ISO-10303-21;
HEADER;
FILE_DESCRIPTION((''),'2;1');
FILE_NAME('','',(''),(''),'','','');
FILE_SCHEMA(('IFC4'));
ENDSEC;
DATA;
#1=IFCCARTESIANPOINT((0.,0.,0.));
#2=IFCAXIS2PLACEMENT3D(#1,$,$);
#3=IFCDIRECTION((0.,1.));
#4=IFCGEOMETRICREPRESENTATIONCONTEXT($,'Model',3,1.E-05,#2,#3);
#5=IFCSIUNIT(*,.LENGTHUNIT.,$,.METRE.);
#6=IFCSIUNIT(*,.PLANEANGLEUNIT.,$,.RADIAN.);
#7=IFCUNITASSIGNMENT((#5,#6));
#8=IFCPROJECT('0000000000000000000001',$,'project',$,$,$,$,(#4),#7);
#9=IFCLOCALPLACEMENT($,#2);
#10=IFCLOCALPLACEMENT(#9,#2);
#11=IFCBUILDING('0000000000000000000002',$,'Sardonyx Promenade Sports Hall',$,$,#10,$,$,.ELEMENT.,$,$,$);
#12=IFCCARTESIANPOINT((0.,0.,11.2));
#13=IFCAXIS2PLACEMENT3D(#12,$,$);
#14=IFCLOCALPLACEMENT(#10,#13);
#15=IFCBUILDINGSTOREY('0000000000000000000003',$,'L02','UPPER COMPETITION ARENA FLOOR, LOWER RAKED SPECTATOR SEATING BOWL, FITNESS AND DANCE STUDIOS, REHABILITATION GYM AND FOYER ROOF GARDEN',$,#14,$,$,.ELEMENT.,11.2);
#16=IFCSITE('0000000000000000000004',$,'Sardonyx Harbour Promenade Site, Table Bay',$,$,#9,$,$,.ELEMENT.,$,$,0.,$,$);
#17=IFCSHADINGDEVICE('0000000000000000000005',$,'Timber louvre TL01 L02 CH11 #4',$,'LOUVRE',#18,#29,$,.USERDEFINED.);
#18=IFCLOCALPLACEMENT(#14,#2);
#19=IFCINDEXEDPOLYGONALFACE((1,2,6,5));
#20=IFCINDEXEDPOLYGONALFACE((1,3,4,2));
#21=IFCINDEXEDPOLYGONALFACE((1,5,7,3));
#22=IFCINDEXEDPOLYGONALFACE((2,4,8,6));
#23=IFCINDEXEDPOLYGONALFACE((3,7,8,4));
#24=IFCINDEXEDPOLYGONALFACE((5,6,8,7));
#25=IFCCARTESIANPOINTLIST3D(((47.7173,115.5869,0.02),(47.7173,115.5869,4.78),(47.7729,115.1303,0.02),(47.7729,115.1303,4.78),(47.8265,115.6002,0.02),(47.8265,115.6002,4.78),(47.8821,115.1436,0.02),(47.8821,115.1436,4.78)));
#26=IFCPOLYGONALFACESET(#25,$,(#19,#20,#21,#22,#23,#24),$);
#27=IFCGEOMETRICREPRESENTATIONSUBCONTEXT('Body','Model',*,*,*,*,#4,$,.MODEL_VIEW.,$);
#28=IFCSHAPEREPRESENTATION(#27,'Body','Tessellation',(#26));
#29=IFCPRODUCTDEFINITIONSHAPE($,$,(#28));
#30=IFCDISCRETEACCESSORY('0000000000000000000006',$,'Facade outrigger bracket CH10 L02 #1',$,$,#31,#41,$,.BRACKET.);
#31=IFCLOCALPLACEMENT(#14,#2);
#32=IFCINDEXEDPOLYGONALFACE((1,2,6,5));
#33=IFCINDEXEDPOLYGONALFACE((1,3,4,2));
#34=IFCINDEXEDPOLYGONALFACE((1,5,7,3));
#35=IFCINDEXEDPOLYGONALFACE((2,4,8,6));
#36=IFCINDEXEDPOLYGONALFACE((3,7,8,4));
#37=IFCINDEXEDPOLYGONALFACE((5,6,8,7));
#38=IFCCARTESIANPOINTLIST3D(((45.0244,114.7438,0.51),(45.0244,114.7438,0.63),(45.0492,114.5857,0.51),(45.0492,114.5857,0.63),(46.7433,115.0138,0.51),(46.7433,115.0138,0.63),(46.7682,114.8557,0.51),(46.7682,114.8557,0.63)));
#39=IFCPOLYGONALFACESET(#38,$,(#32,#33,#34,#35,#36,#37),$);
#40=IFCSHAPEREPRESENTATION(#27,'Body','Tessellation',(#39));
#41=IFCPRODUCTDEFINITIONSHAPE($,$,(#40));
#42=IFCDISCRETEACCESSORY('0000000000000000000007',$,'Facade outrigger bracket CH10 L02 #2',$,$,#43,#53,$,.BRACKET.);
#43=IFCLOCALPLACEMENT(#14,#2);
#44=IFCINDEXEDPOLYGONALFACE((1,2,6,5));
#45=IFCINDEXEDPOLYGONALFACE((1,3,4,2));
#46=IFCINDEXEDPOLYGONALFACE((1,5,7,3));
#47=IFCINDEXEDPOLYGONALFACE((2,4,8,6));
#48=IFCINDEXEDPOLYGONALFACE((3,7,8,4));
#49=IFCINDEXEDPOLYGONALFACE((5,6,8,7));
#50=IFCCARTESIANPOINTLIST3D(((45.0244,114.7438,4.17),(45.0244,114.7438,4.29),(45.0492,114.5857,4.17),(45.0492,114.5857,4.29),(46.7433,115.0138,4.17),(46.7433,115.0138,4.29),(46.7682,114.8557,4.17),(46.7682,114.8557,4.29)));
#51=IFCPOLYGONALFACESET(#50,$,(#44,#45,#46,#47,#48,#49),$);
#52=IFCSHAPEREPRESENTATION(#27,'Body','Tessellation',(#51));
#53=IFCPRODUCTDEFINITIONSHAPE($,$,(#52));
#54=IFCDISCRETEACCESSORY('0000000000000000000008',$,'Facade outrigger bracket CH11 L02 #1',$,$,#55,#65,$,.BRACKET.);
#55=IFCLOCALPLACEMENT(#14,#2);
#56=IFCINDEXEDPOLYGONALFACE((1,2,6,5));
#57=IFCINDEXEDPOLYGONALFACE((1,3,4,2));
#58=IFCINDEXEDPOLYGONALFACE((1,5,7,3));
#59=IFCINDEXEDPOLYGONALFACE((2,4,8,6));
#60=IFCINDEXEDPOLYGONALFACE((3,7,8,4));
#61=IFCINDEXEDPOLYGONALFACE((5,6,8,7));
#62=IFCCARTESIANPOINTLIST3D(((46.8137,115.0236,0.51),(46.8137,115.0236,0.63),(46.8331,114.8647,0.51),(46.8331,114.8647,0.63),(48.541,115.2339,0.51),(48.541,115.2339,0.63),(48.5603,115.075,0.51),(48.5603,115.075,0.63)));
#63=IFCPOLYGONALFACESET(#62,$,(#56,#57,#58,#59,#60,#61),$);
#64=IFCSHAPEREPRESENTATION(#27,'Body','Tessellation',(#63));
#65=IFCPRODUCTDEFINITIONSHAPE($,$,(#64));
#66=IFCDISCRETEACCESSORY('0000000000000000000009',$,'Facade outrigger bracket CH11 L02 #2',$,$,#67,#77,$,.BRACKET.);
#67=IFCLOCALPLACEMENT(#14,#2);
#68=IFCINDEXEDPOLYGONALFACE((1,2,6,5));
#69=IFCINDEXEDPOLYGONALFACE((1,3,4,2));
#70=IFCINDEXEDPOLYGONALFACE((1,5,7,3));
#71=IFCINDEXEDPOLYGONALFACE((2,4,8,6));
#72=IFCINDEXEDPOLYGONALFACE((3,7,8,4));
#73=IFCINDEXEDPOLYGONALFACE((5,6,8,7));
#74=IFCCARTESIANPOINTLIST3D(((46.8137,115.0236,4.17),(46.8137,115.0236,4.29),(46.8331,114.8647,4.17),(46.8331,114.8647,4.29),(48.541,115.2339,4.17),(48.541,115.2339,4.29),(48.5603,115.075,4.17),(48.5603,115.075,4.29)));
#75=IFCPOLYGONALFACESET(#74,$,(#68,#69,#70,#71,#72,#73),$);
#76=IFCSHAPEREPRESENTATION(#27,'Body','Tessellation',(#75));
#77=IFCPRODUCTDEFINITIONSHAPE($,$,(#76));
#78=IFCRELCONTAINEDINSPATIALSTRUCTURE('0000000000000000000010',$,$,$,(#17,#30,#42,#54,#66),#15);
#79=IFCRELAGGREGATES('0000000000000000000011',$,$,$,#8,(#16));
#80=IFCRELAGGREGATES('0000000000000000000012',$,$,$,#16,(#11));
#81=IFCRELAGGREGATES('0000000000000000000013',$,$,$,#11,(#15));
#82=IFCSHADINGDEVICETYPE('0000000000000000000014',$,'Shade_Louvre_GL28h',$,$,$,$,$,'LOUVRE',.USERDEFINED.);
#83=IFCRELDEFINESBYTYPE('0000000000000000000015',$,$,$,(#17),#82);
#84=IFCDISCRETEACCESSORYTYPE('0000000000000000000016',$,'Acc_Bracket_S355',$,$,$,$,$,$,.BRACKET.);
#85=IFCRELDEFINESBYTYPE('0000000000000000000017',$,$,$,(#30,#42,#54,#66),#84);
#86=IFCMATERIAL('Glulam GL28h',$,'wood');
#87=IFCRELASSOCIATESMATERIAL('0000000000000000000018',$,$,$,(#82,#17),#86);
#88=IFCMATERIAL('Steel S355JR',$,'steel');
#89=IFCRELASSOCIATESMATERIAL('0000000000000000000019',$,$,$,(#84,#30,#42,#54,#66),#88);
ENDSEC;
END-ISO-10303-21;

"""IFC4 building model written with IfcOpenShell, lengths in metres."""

from ifc_helpers import new_model, si_unit, direction, frame, origin, place, context, subcontext, project, spatial, rectangle, extrude, material, type_object, element, save


model = new_model("IFC4")

# Units and contexts
model_context = context("Model", 3, precision=1e-05, world=origin(), true_north=direction((0.0, 1.0)))
body_context = subcontext(model_context, "Body", "Model", "MODEL_VIEW")
ifc_project = project(units=[si_unit("LENGTHUNIT", "METRE"), si_unit("PLANEANGLEUNIT", "RADIAN")], contexts=[model_context])

# Site, building, storey
site_placement = place(None, origin())
site = spatial("IfcSite", under=ifc_project, at=site_placement, Name="Sardonyx Harbour Promenade Site, Table Bay", CompositionType="ELEMENT", RefElevation=0.0)
building_placement = place(site_placement, origin())
building = spatial("IfcBuilding", under=site, at=building_placement, Name="Sardonyx Promenade Sports Hall", CompositionType="ELEMENT")
storey_placement = place(building_placement, frame((0.0, 0.0, 11.2)))
storey = spatial("IfcBuildingStorey", under=building, at=storey_placement, Name="L02", Description="UPPER COMPETITION ARENA FLOOR, LOWER RAKED SPECTATOR SEATING BOWL, FITNESS AND DANCE STUDIOS, REHABILITATION GYM AND FOYER ROOF GARDEN", CompositionType="ELEMENT", Elevation=11.2)

# Shading device
ifc_material_1 = material(Name="Glulam GL28h", Category="wood")
shading_device_type_1 = type_object("IfcShadingDeviceType", Name="Shade_Louvre_GL28h", ElementType="LOUVRE", PredefinedType="USERDEFINED", material=ifc_material_1)
for number, where, z_axis, x_axis, name in (
    (1, (47.7997, 115.3652, 0.02), (0.0, 0.0, 1.0), (0.992669, 0.120863, 0.0), "Timber louvre TL01 L02 CH11 #4"),
):
    element("IfcShadingDevice", number, at=place(storey_placement, frame(where, z_axis=z_axis, x_axis=x_axis)), inside=storey, type_object=shading_device_type_1, material=ifc_material_1, Name=name, ObjectType="LOUVRE", PredefinedType="USERDEFINED", context=body_context, shape_type="SweptSolid", body=[
        extrude(rectangle(XDim=0.11, YDim=0.46), origin(), (0.0, 0.0, 1.0), 4.76),
    ])

# Discrete accessories
ifc_material_2 = material(Name="Steel S355JR", Category="steel")
discrete_accessory_type = type_object("IfcDiscreteAccessoryType", Name="Acc_Bracket_S355", PredefinedType="BRACKET", material=ifc_material_2)
for number, where, z_axis, x_axis, name in (
    (2, (45.8963, 114.7997, 0.51), (0.0, 0.0, 1.0), (0.987891, 0.155148, 0.0), "Facade outrigger bracket CH10 L02 #1"),
    (3, (45.8963, 114.7997, 4.17), (0.0, 0.0, 1.0), (0.987891, 0.155148, 0.0), "Facade outrigger bracket CH10 L02 #2"),
    (4, (47.687, 115.0493, 0.51), (0.0, 0.0, 1.0), (0.992669, 0.120863, 0.0), "Facade outrigger bracket CH11 L02 #1"),
    (5, (47.687, 115.0493, 4.17), (0.0, 0.0, 1.0), (0.992669, 0.120863, 0.0), "Facade outrigger bracket CH11 L02 #2"),
):
    element("IfcDiscreteAccessory", number, at=place(storey_placement, frame(where, z_axis=z_axis, x_axis=x_axis)), inside=storey, type_object=discrete_accessory_type, material=ifc_material_2, Name=name, PredefinedType="BRACKET", context=body_context, shape_type="SweptSolid", body=[
        extrude(rectangle(XDim=1.74, YDim=0.16), origin(), (0.0, 0.0, 1.0), 0.12),
    ])

save(model, "model.ifc")
